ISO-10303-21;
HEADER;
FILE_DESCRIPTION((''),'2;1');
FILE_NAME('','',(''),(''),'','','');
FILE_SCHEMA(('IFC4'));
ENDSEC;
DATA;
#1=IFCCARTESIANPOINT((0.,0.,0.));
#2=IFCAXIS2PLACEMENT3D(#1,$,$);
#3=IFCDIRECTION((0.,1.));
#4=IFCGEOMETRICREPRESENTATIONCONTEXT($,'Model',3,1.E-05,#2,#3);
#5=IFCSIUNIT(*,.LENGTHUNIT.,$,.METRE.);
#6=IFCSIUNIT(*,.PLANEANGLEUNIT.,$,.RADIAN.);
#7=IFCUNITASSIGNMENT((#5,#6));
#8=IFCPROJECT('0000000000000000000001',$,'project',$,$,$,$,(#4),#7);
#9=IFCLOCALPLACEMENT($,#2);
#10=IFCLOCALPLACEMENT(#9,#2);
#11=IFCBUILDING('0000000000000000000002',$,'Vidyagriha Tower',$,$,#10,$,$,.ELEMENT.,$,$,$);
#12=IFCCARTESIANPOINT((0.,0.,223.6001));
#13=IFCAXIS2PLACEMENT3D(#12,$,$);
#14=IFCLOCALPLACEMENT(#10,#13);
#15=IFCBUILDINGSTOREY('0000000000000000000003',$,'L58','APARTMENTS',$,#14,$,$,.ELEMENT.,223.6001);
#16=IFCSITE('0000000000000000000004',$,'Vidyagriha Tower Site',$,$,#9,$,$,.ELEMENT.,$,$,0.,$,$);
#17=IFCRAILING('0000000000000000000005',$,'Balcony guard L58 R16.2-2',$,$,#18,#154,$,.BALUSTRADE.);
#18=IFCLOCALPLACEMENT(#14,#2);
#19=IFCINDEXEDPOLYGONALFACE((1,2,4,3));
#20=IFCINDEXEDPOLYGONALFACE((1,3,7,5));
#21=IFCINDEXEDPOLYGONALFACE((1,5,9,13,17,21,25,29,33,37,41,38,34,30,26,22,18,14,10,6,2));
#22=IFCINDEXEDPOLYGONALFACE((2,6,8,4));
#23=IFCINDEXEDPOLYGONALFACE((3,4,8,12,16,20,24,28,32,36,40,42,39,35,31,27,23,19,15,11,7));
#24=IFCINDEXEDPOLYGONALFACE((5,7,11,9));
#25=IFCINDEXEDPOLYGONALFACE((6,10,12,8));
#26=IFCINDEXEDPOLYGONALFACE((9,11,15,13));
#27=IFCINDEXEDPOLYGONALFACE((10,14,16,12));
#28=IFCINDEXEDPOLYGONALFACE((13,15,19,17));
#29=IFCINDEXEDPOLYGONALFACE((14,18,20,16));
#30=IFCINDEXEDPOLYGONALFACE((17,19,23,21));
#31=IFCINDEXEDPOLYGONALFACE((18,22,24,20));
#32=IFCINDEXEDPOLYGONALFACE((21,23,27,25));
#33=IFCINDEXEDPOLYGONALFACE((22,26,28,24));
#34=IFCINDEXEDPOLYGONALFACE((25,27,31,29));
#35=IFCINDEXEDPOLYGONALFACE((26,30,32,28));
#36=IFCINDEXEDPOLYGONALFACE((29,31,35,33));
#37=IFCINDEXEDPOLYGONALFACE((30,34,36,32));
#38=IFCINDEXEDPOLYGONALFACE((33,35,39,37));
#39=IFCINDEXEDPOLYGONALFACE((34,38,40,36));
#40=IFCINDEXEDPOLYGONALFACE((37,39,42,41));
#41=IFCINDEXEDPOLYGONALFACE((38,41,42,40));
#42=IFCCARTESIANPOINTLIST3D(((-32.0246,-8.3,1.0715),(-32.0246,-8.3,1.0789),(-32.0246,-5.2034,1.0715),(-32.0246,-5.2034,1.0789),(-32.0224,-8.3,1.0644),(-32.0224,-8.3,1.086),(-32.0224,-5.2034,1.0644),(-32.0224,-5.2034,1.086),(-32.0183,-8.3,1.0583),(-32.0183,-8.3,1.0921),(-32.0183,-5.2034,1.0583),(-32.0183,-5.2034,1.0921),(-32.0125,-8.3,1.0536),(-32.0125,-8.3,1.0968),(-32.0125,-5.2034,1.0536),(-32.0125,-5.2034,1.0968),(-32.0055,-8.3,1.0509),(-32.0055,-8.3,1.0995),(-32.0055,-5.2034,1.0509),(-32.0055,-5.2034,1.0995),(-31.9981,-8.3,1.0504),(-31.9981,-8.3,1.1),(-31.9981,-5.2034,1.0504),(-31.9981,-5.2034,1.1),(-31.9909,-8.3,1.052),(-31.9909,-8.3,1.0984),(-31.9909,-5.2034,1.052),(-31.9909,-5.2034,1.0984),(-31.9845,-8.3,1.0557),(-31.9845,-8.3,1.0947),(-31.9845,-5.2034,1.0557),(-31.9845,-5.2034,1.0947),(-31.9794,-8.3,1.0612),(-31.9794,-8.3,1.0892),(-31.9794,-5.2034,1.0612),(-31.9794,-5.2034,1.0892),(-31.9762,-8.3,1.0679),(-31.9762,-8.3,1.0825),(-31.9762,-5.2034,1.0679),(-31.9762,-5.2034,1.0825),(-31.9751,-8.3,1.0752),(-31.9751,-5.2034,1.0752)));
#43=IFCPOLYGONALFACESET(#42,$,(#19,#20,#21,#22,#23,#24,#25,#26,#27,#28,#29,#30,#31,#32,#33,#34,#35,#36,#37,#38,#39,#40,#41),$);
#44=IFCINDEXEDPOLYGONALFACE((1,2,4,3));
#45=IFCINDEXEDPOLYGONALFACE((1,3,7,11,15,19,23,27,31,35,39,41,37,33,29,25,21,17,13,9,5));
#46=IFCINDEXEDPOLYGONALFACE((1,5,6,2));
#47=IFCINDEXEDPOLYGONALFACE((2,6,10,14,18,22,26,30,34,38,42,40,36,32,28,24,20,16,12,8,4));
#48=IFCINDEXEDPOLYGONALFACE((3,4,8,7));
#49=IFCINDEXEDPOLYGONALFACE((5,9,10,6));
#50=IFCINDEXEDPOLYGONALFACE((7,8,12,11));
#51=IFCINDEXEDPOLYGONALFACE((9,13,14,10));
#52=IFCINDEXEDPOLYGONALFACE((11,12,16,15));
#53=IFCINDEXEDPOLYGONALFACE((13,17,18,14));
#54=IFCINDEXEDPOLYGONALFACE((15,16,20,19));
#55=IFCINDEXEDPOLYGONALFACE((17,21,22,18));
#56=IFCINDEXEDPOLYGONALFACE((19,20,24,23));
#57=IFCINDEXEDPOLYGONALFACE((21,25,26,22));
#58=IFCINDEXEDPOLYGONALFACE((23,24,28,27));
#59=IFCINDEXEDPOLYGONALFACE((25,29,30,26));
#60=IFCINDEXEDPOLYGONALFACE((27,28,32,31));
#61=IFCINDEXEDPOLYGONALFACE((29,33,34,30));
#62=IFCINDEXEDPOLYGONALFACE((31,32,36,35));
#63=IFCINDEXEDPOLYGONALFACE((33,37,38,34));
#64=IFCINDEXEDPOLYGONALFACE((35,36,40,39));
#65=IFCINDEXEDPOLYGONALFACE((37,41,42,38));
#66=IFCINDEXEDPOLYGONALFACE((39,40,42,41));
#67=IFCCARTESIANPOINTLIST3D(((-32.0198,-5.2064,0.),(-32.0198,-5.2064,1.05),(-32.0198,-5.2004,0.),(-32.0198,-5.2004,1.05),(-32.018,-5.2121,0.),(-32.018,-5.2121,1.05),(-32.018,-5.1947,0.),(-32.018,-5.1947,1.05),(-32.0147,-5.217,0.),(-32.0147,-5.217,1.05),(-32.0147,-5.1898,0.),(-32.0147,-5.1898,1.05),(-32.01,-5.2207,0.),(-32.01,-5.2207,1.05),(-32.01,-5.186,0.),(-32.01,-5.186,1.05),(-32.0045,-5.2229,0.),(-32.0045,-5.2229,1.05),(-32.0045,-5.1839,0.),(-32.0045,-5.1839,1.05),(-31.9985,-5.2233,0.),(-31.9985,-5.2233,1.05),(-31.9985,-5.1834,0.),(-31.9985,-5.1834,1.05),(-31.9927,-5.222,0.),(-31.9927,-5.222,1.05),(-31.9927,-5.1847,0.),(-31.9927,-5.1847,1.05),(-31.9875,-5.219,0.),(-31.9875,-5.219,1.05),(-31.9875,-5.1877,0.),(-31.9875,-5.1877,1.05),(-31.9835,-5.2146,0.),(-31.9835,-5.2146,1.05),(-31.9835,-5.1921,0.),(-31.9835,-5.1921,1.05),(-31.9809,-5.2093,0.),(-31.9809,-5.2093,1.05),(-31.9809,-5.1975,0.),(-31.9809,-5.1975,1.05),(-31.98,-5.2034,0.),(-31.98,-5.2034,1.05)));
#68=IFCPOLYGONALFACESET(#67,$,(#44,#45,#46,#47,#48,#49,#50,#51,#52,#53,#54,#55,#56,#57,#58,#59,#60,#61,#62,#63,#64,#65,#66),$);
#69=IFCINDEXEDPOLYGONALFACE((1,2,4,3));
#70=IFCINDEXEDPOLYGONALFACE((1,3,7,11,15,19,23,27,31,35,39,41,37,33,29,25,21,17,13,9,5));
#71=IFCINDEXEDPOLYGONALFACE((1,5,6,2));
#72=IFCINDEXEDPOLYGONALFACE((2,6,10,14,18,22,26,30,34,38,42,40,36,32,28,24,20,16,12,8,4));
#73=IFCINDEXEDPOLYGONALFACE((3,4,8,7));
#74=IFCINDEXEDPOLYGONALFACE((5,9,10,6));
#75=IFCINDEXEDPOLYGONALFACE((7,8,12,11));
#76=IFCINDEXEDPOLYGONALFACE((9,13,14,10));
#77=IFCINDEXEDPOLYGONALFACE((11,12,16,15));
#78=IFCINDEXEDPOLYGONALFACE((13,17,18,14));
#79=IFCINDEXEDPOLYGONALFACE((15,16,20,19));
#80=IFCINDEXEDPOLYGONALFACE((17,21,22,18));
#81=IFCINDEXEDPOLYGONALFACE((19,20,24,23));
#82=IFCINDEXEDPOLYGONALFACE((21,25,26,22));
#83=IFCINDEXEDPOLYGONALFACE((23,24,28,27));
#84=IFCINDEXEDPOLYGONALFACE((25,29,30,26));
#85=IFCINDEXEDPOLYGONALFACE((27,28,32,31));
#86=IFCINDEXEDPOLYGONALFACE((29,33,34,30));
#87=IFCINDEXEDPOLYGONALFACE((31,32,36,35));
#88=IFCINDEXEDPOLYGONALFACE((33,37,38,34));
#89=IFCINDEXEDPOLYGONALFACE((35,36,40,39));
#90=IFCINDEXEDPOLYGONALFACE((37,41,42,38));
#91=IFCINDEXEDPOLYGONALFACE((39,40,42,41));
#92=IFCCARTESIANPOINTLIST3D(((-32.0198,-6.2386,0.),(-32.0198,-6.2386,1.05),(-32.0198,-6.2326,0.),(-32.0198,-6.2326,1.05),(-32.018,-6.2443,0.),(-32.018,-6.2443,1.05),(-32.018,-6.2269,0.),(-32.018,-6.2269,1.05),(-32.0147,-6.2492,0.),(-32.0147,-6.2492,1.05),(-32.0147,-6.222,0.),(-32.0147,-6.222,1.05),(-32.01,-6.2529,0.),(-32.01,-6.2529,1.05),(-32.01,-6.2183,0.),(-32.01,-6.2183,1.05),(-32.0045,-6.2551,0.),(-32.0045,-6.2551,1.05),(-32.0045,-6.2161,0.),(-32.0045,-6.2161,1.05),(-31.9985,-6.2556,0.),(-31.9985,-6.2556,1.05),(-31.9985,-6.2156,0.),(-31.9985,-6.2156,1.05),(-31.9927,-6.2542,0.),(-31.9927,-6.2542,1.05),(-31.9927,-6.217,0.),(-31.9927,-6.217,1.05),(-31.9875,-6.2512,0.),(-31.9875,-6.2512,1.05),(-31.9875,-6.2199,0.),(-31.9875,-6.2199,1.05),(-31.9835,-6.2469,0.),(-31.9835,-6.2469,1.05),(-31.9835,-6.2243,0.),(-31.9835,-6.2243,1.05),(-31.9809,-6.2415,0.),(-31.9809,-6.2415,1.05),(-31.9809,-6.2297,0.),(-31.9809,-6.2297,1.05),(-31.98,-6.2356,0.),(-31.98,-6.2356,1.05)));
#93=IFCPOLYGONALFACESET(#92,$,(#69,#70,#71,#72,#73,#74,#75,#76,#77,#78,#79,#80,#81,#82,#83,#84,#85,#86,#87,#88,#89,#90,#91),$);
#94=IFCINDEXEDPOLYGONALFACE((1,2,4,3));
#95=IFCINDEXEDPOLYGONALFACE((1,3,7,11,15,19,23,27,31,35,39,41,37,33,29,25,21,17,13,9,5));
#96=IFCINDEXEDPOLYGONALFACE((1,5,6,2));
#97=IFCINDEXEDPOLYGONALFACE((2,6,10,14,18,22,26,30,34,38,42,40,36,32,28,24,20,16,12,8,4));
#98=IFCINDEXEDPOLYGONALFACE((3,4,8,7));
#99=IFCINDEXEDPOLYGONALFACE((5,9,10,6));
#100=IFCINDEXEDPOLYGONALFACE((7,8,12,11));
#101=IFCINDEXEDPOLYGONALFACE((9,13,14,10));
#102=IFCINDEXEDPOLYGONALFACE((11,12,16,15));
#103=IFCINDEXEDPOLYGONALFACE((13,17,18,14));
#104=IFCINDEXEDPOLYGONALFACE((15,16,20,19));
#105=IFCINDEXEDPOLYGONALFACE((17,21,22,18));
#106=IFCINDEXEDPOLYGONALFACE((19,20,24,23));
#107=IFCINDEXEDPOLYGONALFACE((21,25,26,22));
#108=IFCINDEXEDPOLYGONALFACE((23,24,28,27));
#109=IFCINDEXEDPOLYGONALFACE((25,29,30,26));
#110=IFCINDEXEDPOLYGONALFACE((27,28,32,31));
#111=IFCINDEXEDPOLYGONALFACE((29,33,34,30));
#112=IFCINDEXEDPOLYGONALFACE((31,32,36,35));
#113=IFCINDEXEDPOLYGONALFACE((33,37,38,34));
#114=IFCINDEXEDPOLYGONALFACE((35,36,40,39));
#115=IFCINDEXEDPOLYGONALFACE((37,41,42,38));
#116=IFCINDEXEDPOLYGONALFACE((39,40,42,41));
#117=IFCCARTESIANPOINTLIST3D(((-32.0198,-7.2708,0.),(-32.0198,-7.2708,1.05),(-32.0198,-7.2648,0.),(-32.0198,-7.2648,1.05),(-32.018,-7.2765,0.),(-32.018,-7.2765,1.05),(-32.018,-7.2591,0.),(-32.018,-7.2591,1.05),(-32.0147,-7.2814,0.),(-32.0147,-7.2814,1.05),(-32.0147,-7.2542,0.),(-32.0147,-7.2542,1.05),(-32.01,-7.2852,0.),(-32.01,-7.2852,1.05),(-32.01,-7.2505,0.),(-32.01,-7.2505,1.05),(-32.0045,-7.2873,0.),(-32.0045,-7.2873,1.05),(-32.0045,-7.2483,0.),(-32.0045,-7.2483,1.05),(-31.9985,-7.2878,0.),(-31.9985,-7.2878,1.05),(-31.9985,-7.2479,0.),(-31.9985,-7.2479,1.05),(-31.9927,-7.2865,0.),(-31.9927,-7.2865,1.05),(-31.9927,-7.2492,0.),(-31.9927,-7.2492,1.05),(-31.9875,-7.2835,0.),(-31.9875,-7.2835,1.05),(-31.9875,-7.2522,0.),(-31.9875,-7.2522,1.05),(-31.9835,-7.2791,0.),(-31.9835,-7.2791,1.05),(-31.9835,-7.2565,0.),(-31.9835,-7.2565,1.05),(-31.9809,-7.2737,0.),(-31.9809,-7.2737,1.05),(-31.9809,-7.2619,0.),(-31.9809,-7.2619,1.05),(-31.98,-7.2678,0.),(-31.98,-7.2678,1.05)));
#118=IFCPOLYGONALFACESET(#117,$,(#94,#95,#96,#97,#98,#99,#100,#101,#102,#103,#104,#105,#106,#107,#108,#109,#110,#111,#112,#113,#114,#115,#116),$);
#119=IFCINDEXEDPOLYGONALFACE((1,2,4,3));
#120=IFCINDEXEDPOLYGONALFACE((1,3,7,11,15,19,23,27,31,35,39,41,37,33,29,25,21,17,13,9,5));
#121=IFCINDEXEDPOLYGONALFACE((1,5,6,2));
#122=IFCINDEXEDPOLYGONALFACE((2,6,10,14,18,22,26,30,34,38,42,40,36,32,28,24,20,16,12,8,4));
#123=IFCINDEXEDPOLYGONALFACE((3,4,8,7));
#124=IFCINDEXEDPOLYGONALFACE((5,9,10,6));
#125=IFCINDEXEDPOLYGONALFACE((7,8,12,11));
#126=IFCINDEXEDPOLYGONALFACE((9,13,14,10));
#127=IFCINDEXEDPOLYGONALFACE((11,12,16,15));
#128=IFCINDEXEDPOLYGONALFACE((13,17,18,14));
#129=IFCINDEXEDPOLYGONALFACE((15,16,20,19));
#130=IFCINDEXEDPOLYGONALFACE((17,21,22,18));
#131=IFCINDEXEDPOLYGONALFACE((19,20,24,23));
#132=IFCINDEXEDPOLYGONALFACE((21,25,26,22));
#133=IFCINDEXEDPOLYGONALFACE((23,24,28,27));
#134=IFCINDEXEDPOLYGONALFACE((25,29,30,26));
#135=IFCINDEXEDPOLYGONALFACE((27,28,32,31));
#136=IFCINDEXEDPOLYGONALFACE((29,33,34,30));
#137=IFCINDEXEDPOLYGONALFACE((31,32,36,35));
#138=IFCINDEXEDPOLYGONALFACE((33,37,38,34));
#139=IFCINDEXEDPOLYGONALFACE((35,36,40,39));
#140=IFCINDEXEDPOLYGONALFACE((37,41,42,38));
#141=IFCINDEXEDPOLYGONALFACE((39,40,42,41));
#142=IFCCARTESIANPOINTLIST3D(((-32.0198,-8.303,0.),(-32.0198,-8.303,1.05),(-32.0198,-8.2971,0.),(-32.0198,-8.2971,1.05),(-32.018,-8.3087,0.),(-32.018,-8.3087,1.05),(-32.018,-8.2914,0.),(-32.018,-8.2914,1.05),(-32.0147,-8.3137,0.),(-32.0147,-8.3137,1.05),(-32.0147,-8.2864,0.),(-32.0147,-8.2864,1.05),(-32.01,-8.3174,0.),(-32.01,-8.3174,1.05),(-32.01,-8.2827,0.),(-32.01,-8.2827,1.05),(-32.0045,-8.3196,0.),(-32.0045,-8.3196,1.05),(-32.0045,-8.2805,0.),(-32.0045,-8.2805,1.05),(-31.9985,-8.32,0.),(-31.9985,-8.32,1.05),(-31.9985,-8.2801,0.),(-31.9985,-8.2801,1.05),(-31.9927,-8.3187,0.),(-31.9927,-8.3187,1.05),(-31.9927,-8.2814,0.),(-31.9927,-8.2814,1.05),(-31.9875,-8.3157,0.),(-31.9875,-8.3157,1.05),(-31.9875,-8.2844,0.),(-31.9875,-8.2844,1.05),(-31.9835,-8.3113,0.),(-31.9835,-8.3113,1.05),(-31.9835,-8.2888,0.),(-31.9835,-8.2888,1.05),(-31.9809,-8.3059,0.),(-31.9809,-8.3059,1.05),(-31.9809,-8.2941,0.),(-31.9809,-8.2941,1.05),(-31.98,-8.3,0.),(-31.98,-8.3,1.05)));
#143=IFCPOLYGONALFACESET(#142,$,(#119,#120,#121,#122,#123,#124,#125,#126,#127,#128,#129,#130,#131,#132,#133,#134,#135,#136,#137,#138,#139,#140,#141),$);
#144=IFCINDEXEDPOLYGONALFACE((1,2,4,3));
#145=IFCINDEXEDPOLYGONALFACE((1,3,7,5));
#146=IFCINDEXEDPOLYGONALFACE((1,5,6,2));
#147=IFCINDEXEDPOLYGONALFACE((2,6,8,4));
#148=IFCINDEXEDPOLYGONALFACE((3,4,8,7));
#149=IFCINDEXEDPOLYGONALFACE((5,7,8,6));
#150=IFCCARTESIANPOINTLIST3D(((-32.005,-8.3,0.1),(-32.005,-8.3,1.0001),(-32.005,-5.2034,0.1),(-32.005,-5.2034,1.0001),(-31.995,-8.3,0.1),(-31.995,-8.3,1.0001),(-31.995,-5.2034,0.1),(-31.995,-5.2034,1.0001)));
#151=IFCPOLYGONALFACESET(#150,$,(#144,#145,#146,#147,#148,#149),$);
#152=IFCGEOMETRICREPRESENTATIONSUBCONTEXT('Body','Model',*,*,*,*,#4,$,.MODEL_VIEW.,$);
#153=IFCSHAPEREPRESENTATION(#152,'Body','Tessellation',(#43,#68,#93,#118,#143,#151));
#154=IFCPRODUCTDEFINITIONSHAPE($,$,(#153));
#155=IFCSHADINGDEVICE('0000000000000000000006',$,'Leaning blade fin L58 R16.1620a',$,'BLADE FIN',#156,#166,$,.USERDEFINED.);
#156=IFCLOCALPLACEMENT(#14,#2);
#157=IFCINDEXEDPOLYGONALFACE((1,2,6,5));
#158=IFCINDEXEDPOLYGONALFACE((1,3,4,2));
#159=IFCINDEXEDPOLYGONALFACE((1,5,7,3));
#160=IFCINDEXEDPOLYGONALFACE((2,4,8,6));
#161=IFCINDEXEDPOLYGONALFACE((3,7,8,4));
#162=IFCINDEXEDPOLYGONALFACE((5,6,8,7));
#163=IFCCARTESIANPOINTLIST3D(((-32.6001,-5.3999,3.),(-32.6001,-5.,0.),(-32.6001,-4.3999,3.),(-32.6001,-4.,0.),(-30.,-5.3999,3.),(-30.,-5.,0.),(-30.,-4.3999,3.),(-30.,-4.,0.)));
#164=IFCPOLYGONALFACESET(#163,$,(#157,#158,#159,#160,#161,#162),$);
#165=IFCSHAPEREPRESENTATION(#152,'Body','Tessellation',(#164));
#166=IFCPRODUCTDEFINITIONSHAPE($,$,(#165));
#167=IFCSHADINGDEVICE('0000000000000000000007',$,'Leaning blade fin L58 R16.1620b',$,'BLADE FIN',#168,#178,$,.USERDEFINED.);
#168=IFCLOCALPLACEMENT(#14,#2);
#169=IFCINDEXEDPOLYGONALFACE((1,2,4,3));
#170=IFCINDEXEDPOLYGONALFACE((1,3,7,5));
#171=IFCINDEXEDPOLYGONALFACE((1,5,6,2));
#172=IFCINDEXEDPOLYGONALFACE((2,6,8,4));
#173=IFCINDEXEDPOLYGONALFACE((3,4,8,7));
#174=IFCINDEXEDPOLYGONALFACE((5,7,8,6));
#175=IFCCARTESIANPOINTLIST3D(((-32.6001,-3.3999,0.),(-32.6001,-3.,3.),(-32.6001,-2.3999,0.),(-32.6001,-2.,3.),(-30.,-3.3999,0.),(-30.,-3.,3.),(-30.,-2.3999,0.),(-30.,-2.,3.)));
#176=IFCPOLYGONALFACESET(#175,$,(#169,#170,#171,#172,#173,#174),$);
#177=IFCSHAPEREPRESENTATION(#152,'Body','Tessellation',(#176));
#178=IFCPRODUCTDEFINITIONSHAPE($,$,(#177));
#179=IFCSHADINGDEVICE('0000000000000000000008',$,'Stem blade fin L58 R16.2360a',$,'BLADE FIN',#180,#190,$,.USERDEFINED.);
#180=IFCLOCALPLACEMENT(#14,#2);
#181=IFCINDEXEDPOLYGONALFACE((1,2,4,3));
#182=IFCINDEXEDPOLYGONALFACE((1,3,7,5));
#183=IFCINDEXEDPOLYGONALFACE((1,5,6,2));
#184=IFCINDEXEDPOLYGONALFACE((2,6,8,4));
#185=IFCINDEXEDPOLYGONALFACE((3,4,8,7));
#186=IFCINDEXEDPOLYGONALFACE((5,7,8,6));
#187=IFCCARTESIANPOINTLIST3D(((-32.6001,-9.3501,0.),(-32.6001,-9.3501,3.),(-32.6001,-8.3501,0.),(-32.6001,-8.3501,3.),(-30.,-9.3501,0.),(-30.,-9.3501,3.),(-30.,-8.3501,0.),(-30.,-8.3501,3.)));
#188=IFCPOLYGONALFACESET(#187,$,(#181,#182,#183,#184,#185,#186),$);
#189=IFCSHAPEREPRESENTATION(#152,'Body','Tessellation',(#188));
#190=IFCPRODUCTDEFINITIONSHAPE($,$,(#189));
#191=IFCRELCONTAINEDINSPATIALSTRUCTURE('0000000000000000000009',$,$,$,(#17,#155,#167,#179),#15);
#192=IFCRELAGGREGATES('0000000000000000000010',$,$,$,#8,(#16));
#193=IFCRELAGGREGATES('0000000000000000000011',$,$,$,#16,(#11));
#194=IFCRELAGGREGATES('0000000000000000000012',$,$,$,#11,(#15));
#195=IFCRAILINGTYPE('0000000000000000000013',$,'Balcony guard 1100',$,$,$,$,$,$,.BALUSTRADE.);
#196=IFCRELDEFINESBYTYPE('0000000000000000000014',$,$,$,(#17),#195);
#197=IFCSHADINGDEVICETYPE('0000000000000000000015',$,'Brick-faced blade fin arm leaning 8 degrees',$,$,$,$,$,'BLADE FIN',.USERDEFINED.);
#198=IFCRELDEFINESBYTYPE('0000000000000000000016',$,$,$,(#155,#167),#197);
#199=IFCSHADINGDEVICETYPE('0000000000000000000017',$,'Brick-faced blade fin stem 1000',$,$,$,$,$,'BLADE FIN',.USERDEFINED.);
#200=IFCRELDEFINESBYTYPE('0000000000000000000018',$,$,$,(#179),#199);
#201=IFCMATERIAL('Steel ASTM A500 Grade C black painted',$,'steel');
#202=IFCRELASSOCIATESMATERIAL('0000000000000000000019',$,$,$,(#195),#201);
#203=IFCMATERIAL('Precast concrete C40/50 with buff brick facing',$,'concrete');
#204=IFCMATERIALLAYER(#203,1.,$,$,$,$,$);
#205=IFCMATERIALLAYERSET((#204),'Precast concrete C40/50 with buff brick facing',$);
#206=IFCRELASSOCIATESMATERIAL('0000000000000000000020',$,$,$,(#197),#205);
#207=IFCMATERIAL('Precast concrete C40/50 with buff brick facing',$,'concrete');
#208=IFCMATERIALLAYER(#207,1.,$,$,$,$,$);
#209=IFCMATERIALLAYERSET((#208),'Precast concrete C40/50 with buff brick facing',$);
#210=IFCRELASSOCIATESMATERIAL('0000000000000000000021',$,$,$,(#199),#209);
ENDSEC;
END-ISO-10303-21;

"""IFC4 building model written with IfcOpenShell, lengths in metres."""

from ifc_helpers import new_model, si_unit, direction, frame, origin, origin_2d, place, context, subcontext, project, spatial, polyline, rectangle, circle, outline, extrude, material, layer, layer_set, type_object, element, save


model = new_model("IFC4")

# Units and contexts
model_context = context("Model", 3, precision=1e-05, world=origin(), true_north=direction((0.0, 1.0)))
body_context = subcontext(model_context, "Body", "Model", "MODEL_VIEW")
ifc_project = project(units=[si_unit("LENGTHUNIT", "METRE"), si_unit("PLANEANGLEUNIT", "RADIAN")], contexts=[model_context])

# Site, building, storey
site_placement = place(None, origin())
site = spatial("IfcSite", under=ifc_project, at=site_placement, Name="Vidyagriha Tower Site", CompositionType="ELEMENT", RefElevation=0.0)
building_placement = place(site_placement, origin())
building = spatial("IfcBuilding", under=site, at=building_placement, Name="Vidyagriha Tower", CompositionType="ELEMENT")
storey_placement = place(building_placement, frame((0.0, 0.0, 223.6001)))
storey = spatial("IfcBuildingStorey", under=building, at=storey_placement, Name="L58", Description="APARTMENTS", CompositionType="ELEMENT", Elevation=223.6001)

# Railing
ifc_material_1 = material(Name="Steel ASTM A500 Grade C black painted", Category="steel")
railing_type_1 = type_object("IfcRailingType", Name="Balcony guard 1100", PredefinedType="BALUSTRADE", material=ifc_material_1)
railing_1_placement = place(storey_placement, frame((-32.0, -5.2034, 0.0)))
element("IfcRailing", 1, at=railing_1_placement, inside=storey, type_object=railing_type_1, Name="Balcony guard L58 R16.2-2", PredefinedType="BALUSTRADE", context=body_context, shape_type="SweptSolid", body=[
    extrude(circle(Radius=0.0249, at=origin_2d()), frame((0.0, 0.0, 1.0752), z_axis=(0.0, -1.0, 0.0), x_axis=(1.0, 0.0, 0.0)), (0.0, 0.0, 1.0), 3.0967),
    extrude(circle(Radius=0.02, at=origin_2d()), origin(), (0.0, 0.0, 1.0), 1.05),
    extrude(circle(Radius=0.02, at=origin_2d()), frame((0.0, -1.0322, 0.0)), (0.0, 0.0, 1.0), 1.05),
    extrude(circle(Radius=0.02, at=origin_2d()), frame((0.0, -2.0645, 0.0)), (0.0, 0.0, 1.0), 1.05),
    extrude(circle(Radius=0.02, at=origin_2d()), frame((0.0, -3.0967, 0.0)), (0.0, 0.0, 1.0), 1.05),
    extrude(rectangle(XDim=0.01, YDim=0.9001, at=origin_2d()), frame((0.0, 0.0, 0.55), z_axis=(0.0, -1.0, 0.0), x_axis=(1.0, 0.0, 0.0)), (0.0, 0.0, 1.0), 3.0967),
])

# Shading devices
ifc_material_2 = material(Name="Precast concrete C40/50 with buff brick facing", Category="concrete")
ifc_layer_1 = layer(ifc_material_2, 1.0)
ifc_layer_set_1 = layer_set([ifc_layer_1], Name="Precast concrete C40/50 with buff brick facing")
shading_device_type_1 = type_object("IfcShadingDeviceType", Name="Brick-faced blade fin arm leaning 8 degrees", ElementType="BLADE FIN", PredefinedType="USERDEFINED", material=ifc_layer_set_1)
shading_device_1_placement = place(storey_placement, frame((-31.3, -4.0, 0.0), z_axis=(0.0, 0.0, 1.0), x_axis=(0.0, -1.0, 0.0)))
element("IfcShadingDevice", 2, at=shading_device_1_placement, inside=storey, type_object=shading_device_type_1, Name="Leaning blade fin L58 R16.1620a", ObjectType="BLADE FIN", PredefinedType="USERDEFINED", context=body_context, shape_type="SweptSolid", body=[
    extrude(outline(polyline([(0.0, 0.0), (1.0, 0.0), (1.3999, 3.0), (0.3999, 3.0), (0.0, 0.0)])), frame((0.0, 1.3, 0.0), z_axis=(0.0, -1.0, 0.0), x_axis=(1.0, 0.0, 0.0)), (0.0, 0.0, 1.0), 2.6001),
])
shading_device_2_placement = place(storey_placement, frame((-31.3, -2.0, 0.0), z_axis=(0.0, 0.0, 1.0), x_axis=(0.0, -1.0, 0.0)))
element("IfcShadingDevice", 3, at=shading_device_2_placement, inside=storey, type_object=shading_device_type_1, Name="Leaning blade fin L58 R16.1620b", ObjectType="BLADE FIN", PredefinedType="USERDEFINED", context=body_context, shape_type="SweptSolid", body=[
    extrude(outline(polyline([(0.3999, 0.0), (1.3999, 0.0), (1.0, 3.0), (0.0, 3.0), (0.3999, 0.0)])), frame((0.0, 1.3, 0.0), z_axis=(0.0, -1.0, 0.0), x_axis=(1.0, 0.0, 0.0)), (0.0, 0.0, 1.0), 2.6001),
])
ifc_material_3 = material(Name="Precast concrete C40/50 with buff brick facing", Category="concrete")
ifc_layer_2 = layer(ifc_material_3, 1.0)
ifc_layer_set_2 = layer_set([ifc_layer_2], Name="Precast concrete C40/50 with buff brick facing")
shading_device_type_2 = type_object("IfcShadingDeviceType", Name="Brick-faced blade fin stem 1000", ElementType="BLADE FIN", PredefinedType="USERDEFINED", material=ifc_layer_set_2)
shading_device_3_placement = place(storey_placement, frame((-31.3, -8.3501, 0.0), z_axis=(0.0, 0.0, 1.0), x_axis=(0.0, -1.0, 0.0)))
element("IfcShadingDevice", 4, at=shading_device_3_placement, inside=storey, type_object=shading_device_type_2, Name="Stem blade fin L58 R16.2360a", ObjectType="BLADE FIN", PredefinedType="USERDEFINED", context=body_context, shape_type="SweptSolid", body=[
    extrude(outline(polyline([(0.0, 0.0), (1.0, 0.0), (1.0, 3.0), (0.0, 3.0), (0.0, 0.0)])), frame((0.0, 1.3, 0.0), z_axis=(0.0, -1.0, 0.0), x_axis=(1.0, 0.0, 0.0)), (0.0, 0.0, 1.0), 2.6001),
])

save(model, "model.ifc")
